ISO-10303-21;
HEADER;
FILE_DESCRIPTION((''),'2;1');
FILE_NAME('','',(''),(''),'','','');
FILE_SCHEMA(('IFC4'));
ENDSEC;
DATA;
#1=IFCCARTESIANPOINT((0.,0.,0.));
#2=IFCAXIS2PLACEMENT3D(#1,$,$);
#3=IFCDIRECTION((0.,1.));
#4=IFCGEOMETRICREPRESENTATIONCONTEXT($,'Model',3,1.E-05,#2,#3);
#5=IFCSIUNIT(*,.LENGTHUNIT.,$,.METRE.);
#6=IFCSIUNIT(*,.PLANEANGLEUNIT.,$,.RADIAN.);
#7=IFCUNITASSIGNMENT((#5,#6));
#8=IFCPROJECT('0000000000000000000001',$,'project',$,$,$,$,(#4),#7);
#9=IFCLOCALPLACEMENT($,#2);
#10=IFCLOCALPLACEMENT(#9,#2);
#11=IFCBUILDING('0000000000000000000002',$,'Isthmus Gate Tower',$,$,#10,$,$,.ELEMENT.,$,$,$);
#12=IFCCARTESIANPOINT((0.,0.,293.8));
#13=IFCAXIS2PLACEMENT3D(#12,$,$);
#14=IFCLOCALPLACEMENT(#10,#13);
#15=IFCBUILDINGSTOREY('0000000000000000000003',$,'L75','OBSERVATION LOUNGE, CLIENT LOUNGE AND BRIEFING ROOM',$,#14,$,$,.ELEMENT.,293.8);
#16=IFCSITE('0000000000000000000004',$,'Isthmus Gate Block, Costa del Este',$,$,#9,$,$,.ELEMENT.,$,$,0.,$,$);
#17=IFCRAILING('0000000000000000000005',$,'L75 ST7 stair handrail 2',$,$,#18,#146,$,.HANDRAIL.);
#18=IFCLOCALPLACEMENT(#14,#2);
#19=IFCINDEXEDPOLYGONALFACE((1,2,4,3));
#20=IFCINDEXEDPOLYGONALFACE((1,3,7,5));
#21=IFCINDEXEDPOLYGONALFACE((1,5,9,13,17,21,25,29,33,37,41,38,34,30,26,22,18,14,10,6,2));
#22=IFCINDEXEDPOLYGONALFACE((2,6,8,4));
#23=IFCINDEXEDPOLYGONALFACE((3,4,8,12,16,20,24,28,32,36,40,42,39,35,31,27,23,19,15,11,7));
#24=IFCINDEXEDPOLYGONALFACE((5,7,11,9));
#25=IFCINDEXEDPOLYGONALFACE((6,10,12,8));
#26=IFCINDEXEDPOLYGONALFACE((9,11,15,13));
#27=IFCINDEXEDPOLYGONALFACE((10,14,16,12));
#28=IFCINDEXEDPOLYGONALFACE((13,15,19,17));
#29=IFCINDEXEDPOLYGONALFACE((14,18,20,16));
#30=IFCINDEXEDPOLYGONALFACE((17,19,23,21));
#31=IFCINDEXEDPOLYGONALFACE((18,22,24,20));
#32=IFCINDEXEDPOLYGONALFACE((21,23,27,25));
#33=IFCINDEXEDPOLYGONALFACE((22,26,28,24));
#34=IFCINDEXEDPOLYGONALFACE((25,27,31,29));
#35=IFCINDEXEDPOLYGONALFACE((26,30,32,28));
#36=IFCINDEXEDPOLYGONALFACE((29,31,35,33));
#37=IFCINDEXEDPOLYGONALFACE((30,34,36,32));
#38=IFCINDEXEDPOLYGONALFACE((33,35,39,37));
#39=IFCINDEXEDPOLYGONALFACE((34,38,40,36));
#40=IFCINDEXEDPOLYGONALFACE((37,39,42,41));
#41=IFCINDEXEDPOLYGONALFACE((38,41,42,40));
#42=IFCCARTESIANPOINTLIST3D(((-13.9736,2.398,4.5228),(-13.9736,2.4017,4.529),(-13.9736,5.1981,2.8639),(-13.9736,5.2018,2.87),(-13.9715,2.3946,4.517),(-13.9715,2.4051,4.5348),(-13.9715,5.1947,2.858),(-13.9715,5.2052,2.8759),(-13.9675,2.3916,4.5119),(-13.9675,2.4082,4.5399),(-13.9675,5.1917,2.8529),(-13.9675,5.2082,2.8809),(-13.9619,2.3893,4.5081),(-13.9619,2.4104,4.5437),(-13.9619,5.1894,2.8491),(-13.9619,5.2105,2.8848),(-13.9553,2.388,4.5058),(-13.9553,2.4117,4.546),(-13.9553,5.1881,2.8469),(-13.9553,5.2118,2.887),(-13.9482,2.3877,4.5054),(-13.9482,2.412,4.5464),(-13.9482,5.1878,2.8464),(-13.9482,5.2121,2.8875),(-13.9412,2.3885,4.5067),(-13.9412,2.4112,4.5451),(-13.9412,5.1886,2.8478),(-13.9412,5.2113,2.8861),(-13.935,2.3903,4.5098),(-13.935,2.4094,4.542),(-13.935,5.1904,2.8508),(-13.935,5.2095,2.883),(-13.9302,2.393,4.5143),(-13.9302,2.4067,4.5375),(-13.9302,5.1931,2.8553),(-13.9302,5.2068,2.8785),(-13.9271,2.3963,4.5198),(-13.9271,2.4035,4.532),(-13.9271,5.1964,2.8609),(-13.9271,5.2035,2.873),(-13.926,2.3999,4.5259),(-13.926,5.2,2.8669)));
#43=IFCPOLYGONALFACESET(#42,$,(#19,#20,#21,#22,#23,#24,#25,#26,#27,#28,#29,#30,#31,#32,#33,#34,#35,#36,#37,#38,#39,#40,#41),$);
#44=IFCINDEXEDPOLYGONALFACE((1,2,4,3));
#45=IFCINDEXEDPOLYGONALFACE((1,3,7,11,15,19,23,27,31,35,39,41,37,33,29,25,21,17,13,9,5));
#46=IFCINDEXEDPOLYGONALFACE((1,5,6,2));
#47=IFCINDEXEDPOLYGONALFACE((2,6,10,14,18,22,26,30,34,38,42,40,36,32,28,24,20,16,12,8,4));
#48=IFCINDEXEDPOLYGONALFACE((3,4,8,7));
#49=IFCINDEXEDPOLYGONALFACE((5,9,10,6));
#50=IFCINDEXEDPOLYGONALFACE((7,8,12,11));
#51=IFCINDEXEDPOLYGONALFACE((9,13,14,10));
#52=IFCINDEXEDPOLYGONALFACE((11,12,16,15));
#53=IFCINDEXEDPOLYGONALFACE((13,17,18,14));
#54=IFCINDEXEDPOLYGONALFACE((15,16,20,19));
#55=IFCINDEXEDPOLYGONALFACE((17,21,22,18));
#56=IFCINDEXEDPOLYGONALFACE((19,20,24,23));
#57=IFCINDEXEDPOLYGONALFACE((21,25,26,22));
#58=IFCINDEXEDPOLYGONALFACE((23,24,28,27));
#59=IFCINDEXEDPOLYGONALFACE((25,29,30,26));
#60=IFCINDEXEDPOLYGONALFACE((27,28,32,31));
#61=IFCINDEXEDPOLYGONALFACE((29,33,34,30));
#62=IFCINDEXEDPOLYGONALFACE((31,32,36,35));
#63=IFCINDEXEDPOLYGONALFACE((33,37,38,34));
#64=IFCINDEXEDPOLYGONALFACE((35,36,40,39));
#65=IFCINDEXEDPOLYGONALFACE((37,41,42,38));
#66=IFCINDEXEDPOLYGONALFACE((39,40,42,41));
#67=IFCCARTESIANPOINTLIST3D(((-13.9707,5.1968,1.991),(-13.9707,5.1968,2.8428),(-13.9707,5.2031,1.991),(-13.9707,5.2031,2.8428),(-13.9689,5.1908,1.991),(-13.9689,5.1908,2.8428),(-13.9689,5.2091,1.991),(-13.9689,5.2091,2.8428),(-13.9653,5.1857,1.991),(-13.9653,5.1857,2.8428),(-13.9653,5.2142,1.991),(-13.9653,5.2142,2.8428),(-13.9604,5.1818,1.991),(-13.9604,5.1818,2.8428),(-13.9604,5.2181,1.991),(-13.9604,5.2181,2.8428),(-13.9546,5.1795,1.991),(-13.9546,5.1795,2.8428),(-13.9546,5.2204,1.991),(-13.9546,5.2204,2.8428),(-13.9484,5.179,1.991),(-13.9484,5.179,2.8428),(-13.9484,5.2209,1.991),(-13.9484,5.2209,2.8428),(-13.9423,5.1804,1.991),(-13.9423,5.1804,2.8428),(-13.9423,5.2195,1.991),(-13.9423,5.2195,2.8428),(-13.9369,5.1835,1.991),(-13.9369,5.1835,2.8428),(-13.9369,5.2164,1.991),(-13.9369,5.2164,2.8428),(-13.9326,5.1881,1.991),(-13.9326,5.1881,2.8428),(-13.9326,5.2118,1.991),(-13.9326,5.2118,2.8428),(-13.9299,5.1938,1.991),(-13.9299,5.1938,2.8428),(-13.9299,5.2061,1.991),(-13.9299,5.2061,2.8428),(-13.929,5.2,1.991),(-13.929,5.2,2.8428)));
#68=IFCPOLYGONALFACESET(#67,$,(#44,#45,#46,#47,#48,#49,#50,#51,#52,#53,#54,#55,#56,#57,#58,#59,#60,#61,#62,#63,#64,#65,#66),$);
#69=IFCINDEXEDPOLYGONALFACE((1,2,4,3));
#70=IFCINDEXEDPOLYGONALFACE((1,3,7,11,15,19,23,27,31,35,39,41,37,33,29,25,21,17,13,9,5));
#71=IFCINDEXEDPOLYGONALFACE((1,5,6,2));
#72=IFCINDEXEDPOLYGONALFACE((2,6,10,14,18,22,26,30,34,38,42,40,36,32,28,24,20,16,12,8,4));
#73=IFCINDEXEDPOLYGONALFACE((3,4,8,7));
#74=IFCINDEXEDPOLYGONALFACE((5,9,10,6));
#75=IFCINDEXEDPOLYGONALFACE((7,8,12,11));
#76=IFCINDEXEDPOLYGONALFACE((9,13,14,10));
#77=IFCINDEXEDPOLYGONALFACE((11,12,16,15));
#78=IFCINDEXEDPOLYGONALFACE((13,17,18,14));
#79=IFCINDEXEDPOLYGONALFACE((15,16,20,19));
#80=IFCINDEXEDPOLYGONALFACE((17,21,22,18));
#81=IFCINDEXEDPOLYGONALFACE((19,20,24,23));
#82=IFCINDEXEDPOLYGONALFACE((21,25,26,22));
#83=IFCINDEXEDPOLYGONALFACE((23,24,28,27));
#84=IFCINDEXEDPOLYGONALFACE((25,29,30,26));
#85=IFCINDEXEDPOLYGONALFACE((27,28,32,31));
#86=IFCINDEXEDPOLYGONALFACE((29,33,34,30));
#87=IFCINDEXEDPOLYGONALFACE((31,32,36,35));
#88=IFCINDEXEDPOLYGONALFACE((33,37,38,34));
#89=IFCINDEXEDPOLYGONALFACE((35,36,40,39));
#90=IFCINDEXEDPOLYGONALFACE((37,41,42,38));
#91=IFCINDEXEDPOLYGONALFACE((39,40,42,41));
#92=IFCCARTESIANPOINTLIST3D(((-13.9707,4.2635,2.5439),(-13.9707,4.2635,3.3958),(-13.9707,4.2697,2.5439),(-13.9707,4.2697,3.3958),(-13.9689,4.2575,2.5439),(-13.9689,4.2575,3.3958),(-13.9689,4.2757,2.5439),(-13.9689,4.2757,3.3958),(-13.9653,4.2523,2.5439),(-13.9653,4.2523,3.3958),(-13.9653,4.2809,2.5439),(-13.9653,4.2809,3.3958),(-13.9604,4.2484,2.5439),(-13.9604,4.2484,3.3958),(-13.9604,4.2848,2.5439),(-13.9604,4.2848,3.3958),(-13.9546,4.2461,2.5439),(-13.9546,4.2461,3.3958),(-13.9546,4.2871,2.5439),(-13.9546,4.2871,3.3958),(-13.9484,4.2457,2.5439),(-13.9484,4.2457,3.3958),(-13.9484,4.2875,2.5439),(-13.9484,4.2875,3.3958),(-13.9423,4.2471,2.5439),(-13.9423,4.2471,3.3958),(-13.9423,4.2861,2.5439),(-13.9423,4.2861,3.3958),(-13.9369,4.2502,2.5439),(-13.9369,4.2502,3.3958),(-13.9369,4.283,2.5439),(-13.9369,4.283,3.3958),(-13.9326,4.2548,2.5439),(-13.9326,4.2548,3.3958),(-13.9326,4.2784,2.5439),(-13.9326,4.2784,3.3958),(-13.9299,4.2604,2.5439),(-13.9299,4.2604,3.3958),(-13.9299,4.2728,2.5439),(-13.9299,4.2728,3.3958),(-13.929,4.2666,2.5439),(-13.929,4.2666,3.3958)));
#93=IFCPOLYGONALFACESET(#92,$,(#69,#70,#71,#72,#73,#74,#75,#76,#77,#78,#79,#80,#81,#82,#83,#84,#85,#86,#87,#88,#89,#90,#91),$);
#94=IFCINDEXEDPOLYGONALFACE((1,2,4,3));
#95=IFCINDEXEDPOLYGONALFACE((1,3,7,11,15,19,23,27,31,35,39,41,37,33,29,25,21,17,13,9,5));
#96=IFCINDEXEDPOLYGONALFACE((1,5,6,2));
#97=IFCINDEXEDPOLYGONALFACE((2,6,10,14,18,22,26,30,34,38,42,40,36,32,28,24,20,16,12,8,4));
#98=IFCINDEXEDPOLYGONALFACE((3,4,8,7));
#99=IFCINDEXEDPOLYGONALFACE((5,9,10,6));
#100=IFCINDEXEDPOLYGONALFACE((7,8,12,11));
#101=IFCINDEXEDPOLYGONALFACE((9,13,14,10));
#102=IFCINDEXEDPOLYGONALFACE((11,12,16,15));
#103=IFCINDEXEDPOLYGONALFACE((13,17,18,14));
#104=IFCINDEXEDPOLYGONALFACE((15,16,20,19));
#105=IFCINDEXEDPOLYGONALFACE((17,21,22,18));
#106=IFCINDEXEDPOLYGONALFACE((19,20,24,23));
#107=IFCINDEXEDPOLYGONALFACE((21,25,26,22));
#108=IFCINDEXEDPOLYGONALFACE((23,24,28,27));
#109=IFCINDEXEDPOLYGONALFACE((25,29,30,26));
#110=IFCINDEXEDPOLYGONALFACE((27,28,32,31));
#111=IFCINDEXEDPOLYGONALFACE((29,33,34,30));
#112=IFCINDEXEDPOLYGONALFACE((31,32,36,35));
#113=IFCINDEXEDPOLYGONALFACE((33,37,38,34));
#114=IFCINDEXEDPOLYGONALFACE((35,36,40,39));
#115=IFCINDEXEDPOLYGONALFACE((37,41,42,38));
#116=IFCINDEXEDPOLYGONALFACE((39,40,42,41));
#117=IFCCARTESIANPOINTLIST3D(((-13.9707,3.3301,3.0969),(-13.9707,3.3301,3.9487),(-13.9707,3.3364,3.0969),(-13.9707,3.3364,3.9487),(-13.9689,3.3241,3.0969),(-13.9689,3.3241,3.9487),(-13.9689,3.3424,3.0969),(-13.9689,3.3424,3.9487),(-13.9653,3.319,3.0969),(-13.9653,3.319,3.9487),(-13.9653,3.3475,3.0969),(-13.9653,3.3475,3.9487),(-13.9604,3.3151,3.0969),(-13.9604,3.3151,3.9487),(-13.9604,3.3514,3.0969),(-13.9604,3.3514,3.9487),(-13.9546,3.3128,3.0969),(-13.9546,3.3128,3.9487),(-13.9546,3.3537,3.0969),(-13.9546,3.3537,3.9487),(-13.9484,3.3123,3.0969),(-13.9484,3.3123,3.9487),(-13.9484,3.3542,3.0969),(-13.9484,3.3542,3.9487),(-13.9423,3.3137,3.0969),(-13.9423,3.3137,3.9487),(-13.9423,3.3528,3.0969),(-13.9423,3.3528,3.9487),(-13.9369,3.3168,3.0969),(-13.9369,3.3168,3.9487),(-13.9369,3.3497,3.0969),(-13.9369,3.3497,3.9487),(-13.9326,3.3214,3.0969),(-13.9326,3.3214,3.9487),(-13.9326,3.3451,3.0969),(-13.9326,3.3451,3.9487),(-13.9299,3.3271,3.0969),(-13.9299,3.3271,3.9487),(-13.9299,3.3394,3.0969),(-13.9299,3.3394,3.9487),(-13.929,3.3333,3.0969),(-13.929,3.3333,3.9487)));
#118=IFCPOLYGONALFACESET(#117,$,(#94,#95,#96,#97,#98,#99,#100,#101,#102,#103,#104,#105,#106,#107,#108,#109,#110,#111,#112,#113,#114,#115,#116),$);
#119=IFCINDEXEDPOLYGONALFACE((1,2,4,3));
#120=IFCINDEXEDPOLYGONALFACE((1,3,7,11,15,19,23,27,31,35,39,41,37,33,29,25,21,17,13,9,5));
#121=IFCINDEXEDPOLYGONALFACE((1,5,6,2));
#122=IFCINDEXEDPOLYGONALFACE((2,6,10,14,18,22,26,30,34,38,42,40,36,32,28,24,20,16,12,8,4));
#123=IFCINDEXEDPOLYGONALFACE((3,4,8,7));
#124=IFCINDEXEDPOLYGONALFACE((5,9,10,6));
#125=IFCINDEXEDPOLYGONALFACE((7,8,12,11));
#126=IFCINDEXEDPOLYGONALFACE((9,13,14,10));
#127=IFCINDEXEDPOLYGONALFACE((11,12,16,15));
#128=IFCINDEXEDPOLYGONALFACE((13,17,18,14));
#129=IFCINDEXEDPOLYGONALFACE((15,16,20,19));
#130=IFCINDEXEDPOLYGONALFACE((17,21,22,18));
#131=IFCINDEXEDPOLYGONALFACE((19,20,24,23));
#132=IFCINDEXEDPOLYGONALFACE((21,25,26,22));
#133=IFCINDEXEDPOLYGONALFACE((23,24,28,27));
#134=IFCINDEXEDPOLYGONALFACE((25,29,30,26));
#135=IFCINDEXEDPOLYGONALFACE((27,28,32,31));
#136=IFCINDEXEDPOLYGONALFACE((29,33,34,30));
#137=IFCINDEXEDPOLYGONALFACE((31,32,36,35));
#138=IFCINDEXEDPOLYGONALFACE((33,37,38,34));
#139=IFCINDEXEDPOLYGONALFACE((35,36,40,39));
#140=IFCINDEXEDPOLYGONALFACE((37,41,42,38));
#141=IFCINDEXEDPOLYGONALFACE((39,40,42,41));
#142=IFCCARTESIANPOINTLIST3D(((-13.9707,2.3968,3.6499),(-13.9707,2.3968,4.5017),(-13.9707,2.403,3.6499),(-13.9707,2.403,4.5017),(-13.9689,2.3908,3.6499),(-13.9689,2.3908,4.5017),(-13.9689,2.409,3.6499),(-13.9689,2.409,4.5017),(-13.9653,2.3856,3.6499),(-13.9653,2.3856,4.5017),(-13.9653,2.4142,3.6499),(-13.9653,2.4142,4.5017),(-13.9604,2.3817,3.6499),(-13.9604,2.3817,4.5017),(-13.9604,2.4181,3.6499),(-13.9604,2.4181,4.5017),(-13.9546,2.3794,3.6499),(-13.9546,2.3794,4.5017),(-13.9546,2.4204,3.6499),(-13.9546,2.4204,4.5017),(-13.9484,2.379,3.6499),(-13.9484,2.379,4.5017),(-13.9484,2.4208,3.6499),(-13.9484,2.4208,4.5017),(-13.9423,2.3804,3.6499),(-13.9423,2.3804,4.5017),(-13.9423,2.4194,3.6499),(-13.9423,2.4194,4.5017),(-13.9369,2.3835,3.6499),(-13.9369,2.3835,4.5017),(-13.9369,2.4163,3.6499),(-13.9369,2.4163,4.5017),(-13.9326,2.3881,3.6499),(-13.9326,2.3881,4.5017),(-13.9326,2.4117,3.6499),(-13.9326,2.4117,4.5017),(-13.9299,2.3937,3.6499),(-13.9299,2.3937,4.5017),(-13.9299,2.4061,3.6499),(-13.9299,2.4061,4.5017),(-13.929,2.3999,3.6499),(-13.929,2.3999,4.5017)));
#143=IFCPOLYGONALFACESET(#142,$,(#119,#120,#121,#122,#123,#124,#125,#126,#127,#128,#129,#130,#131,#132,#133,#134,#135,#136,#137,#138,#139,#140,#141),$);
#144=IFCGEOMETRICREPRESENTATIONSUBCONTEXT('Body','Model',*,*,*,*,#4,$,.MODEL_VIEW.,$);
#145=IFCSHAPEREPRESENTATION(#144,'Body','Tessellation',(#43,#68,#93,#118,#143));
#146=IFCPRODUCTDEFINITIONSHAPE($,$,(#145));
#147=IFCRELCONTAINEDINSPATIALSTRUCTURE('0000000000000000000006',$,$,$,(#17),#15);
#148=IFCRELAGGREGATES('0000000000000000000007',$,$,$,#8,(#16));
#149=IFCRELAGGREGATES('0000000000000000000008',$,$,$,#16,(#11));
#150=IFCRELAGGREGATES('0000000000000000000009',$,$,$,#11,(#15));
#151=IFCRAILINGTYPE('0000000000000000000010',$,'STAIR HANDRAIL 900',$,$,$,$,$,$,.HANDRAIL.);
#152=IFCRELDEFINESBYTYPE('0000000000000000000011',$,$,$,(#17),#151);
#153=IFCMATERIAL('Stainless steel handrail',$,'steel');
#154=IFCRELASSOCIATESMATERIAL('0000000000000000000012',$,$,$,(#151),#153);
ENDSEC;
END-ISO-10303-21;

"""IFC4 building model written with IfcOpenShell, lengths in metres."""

from ifc_helpers import new_model, si_unit, direction, frame, origin, origin_2d, place, context, subcontext, project, spatial, circle, extrude, material, type_object, element, save


model = new_model("IFC4")

# Units and contexts
model_context = context("Model", 3, precision=1e-05, world=origin(), true_north=direction((0.0, 1.0)))
body_context = subcontext(model_context, "Body", "Model", "MODEL_VIEW")
ifc_project = project(units=[si_unit("LENGTHUNIT", "METRE"), si_unit("PLANEANGLEUNIT", "RADIAN")], contexts=[model_context])

# Site, building, storey
site_placement = place(None, origin())
site = spatial("IfcSite", under=ifc_project, at=site_placement, Name="Isthmus Gate Block, Costa del Este", CompositionType="ELEMENT", RefElevation=0.0)
building_placement = place(site_placement, origin())
building = spatial("IfcBuilding", under=site, at=building_placement, Name="Isthmus Gate Tower", CompositionType="ELEMENT")
storey_placement = place(building_placement, frame((0.0, 0.0, 293.8)))
storey = spatial("IfcBuildingStorey", under=building, at=storey_placement, Name="L75", Description="OBSERVATION LOUNGE, CLIENT LOUNGE AND BRIEFING ROOM", CompositionType="ELEMENT", Elevation=293.8)

# Railing
ifc_material_1 = material(Name="Stainless steel handrail", Category="steel")
railing_type_1 = type_object("IfcRailingType", Name="STAIR HANDRAIL 900", PredefinedType="HANDRAIL", material=ifc_material_1)
railing_1_placement = place(storey_placement, frame((-13.95, 5.2, 1.991)))
element("IfcRailing", 1, at=railing_1_placement, inside=storey, type_object=railing_type_1, Name="L75 ST7 stair handrail 2", PredefinedType="HANDRAIL", context=body_context, shape_type="SweptSolid", body=[
    extrude(circle(Radius=0.0239, at=origin_2d()), frame((0.0, 0.0, 0.876), z_axis=(0.0, -0.860339, 0.509722), x_axis=(1.0, 0.0, 0.0)), (0.0, 0.0, 1.0), 3.2546),
    extrude(circle(Radius=0.021, at=origin_2d()), origin(), (0.0, 0.0, 1.0), 0.8518),
    extrude(circle(Radius=0.021, at=origin_2d()), frame((0.0, -0.9333, 0.553)), (0.0, 0.0, 1.0), 0.8518),
    extrude(circle(Radius=0.021, at=origin_2d()), frame((0.0, -1.8667, 1.106)), (0.0, 0.0, 1.0), 0.8518),
    extrude(circle(Radius=0.021, at=origin_2d()), frame((0.0, -2.8, 1.6589)), (0.0, 0.0, 1.0), 0.8518),
])

save(model, "model.ifc")
